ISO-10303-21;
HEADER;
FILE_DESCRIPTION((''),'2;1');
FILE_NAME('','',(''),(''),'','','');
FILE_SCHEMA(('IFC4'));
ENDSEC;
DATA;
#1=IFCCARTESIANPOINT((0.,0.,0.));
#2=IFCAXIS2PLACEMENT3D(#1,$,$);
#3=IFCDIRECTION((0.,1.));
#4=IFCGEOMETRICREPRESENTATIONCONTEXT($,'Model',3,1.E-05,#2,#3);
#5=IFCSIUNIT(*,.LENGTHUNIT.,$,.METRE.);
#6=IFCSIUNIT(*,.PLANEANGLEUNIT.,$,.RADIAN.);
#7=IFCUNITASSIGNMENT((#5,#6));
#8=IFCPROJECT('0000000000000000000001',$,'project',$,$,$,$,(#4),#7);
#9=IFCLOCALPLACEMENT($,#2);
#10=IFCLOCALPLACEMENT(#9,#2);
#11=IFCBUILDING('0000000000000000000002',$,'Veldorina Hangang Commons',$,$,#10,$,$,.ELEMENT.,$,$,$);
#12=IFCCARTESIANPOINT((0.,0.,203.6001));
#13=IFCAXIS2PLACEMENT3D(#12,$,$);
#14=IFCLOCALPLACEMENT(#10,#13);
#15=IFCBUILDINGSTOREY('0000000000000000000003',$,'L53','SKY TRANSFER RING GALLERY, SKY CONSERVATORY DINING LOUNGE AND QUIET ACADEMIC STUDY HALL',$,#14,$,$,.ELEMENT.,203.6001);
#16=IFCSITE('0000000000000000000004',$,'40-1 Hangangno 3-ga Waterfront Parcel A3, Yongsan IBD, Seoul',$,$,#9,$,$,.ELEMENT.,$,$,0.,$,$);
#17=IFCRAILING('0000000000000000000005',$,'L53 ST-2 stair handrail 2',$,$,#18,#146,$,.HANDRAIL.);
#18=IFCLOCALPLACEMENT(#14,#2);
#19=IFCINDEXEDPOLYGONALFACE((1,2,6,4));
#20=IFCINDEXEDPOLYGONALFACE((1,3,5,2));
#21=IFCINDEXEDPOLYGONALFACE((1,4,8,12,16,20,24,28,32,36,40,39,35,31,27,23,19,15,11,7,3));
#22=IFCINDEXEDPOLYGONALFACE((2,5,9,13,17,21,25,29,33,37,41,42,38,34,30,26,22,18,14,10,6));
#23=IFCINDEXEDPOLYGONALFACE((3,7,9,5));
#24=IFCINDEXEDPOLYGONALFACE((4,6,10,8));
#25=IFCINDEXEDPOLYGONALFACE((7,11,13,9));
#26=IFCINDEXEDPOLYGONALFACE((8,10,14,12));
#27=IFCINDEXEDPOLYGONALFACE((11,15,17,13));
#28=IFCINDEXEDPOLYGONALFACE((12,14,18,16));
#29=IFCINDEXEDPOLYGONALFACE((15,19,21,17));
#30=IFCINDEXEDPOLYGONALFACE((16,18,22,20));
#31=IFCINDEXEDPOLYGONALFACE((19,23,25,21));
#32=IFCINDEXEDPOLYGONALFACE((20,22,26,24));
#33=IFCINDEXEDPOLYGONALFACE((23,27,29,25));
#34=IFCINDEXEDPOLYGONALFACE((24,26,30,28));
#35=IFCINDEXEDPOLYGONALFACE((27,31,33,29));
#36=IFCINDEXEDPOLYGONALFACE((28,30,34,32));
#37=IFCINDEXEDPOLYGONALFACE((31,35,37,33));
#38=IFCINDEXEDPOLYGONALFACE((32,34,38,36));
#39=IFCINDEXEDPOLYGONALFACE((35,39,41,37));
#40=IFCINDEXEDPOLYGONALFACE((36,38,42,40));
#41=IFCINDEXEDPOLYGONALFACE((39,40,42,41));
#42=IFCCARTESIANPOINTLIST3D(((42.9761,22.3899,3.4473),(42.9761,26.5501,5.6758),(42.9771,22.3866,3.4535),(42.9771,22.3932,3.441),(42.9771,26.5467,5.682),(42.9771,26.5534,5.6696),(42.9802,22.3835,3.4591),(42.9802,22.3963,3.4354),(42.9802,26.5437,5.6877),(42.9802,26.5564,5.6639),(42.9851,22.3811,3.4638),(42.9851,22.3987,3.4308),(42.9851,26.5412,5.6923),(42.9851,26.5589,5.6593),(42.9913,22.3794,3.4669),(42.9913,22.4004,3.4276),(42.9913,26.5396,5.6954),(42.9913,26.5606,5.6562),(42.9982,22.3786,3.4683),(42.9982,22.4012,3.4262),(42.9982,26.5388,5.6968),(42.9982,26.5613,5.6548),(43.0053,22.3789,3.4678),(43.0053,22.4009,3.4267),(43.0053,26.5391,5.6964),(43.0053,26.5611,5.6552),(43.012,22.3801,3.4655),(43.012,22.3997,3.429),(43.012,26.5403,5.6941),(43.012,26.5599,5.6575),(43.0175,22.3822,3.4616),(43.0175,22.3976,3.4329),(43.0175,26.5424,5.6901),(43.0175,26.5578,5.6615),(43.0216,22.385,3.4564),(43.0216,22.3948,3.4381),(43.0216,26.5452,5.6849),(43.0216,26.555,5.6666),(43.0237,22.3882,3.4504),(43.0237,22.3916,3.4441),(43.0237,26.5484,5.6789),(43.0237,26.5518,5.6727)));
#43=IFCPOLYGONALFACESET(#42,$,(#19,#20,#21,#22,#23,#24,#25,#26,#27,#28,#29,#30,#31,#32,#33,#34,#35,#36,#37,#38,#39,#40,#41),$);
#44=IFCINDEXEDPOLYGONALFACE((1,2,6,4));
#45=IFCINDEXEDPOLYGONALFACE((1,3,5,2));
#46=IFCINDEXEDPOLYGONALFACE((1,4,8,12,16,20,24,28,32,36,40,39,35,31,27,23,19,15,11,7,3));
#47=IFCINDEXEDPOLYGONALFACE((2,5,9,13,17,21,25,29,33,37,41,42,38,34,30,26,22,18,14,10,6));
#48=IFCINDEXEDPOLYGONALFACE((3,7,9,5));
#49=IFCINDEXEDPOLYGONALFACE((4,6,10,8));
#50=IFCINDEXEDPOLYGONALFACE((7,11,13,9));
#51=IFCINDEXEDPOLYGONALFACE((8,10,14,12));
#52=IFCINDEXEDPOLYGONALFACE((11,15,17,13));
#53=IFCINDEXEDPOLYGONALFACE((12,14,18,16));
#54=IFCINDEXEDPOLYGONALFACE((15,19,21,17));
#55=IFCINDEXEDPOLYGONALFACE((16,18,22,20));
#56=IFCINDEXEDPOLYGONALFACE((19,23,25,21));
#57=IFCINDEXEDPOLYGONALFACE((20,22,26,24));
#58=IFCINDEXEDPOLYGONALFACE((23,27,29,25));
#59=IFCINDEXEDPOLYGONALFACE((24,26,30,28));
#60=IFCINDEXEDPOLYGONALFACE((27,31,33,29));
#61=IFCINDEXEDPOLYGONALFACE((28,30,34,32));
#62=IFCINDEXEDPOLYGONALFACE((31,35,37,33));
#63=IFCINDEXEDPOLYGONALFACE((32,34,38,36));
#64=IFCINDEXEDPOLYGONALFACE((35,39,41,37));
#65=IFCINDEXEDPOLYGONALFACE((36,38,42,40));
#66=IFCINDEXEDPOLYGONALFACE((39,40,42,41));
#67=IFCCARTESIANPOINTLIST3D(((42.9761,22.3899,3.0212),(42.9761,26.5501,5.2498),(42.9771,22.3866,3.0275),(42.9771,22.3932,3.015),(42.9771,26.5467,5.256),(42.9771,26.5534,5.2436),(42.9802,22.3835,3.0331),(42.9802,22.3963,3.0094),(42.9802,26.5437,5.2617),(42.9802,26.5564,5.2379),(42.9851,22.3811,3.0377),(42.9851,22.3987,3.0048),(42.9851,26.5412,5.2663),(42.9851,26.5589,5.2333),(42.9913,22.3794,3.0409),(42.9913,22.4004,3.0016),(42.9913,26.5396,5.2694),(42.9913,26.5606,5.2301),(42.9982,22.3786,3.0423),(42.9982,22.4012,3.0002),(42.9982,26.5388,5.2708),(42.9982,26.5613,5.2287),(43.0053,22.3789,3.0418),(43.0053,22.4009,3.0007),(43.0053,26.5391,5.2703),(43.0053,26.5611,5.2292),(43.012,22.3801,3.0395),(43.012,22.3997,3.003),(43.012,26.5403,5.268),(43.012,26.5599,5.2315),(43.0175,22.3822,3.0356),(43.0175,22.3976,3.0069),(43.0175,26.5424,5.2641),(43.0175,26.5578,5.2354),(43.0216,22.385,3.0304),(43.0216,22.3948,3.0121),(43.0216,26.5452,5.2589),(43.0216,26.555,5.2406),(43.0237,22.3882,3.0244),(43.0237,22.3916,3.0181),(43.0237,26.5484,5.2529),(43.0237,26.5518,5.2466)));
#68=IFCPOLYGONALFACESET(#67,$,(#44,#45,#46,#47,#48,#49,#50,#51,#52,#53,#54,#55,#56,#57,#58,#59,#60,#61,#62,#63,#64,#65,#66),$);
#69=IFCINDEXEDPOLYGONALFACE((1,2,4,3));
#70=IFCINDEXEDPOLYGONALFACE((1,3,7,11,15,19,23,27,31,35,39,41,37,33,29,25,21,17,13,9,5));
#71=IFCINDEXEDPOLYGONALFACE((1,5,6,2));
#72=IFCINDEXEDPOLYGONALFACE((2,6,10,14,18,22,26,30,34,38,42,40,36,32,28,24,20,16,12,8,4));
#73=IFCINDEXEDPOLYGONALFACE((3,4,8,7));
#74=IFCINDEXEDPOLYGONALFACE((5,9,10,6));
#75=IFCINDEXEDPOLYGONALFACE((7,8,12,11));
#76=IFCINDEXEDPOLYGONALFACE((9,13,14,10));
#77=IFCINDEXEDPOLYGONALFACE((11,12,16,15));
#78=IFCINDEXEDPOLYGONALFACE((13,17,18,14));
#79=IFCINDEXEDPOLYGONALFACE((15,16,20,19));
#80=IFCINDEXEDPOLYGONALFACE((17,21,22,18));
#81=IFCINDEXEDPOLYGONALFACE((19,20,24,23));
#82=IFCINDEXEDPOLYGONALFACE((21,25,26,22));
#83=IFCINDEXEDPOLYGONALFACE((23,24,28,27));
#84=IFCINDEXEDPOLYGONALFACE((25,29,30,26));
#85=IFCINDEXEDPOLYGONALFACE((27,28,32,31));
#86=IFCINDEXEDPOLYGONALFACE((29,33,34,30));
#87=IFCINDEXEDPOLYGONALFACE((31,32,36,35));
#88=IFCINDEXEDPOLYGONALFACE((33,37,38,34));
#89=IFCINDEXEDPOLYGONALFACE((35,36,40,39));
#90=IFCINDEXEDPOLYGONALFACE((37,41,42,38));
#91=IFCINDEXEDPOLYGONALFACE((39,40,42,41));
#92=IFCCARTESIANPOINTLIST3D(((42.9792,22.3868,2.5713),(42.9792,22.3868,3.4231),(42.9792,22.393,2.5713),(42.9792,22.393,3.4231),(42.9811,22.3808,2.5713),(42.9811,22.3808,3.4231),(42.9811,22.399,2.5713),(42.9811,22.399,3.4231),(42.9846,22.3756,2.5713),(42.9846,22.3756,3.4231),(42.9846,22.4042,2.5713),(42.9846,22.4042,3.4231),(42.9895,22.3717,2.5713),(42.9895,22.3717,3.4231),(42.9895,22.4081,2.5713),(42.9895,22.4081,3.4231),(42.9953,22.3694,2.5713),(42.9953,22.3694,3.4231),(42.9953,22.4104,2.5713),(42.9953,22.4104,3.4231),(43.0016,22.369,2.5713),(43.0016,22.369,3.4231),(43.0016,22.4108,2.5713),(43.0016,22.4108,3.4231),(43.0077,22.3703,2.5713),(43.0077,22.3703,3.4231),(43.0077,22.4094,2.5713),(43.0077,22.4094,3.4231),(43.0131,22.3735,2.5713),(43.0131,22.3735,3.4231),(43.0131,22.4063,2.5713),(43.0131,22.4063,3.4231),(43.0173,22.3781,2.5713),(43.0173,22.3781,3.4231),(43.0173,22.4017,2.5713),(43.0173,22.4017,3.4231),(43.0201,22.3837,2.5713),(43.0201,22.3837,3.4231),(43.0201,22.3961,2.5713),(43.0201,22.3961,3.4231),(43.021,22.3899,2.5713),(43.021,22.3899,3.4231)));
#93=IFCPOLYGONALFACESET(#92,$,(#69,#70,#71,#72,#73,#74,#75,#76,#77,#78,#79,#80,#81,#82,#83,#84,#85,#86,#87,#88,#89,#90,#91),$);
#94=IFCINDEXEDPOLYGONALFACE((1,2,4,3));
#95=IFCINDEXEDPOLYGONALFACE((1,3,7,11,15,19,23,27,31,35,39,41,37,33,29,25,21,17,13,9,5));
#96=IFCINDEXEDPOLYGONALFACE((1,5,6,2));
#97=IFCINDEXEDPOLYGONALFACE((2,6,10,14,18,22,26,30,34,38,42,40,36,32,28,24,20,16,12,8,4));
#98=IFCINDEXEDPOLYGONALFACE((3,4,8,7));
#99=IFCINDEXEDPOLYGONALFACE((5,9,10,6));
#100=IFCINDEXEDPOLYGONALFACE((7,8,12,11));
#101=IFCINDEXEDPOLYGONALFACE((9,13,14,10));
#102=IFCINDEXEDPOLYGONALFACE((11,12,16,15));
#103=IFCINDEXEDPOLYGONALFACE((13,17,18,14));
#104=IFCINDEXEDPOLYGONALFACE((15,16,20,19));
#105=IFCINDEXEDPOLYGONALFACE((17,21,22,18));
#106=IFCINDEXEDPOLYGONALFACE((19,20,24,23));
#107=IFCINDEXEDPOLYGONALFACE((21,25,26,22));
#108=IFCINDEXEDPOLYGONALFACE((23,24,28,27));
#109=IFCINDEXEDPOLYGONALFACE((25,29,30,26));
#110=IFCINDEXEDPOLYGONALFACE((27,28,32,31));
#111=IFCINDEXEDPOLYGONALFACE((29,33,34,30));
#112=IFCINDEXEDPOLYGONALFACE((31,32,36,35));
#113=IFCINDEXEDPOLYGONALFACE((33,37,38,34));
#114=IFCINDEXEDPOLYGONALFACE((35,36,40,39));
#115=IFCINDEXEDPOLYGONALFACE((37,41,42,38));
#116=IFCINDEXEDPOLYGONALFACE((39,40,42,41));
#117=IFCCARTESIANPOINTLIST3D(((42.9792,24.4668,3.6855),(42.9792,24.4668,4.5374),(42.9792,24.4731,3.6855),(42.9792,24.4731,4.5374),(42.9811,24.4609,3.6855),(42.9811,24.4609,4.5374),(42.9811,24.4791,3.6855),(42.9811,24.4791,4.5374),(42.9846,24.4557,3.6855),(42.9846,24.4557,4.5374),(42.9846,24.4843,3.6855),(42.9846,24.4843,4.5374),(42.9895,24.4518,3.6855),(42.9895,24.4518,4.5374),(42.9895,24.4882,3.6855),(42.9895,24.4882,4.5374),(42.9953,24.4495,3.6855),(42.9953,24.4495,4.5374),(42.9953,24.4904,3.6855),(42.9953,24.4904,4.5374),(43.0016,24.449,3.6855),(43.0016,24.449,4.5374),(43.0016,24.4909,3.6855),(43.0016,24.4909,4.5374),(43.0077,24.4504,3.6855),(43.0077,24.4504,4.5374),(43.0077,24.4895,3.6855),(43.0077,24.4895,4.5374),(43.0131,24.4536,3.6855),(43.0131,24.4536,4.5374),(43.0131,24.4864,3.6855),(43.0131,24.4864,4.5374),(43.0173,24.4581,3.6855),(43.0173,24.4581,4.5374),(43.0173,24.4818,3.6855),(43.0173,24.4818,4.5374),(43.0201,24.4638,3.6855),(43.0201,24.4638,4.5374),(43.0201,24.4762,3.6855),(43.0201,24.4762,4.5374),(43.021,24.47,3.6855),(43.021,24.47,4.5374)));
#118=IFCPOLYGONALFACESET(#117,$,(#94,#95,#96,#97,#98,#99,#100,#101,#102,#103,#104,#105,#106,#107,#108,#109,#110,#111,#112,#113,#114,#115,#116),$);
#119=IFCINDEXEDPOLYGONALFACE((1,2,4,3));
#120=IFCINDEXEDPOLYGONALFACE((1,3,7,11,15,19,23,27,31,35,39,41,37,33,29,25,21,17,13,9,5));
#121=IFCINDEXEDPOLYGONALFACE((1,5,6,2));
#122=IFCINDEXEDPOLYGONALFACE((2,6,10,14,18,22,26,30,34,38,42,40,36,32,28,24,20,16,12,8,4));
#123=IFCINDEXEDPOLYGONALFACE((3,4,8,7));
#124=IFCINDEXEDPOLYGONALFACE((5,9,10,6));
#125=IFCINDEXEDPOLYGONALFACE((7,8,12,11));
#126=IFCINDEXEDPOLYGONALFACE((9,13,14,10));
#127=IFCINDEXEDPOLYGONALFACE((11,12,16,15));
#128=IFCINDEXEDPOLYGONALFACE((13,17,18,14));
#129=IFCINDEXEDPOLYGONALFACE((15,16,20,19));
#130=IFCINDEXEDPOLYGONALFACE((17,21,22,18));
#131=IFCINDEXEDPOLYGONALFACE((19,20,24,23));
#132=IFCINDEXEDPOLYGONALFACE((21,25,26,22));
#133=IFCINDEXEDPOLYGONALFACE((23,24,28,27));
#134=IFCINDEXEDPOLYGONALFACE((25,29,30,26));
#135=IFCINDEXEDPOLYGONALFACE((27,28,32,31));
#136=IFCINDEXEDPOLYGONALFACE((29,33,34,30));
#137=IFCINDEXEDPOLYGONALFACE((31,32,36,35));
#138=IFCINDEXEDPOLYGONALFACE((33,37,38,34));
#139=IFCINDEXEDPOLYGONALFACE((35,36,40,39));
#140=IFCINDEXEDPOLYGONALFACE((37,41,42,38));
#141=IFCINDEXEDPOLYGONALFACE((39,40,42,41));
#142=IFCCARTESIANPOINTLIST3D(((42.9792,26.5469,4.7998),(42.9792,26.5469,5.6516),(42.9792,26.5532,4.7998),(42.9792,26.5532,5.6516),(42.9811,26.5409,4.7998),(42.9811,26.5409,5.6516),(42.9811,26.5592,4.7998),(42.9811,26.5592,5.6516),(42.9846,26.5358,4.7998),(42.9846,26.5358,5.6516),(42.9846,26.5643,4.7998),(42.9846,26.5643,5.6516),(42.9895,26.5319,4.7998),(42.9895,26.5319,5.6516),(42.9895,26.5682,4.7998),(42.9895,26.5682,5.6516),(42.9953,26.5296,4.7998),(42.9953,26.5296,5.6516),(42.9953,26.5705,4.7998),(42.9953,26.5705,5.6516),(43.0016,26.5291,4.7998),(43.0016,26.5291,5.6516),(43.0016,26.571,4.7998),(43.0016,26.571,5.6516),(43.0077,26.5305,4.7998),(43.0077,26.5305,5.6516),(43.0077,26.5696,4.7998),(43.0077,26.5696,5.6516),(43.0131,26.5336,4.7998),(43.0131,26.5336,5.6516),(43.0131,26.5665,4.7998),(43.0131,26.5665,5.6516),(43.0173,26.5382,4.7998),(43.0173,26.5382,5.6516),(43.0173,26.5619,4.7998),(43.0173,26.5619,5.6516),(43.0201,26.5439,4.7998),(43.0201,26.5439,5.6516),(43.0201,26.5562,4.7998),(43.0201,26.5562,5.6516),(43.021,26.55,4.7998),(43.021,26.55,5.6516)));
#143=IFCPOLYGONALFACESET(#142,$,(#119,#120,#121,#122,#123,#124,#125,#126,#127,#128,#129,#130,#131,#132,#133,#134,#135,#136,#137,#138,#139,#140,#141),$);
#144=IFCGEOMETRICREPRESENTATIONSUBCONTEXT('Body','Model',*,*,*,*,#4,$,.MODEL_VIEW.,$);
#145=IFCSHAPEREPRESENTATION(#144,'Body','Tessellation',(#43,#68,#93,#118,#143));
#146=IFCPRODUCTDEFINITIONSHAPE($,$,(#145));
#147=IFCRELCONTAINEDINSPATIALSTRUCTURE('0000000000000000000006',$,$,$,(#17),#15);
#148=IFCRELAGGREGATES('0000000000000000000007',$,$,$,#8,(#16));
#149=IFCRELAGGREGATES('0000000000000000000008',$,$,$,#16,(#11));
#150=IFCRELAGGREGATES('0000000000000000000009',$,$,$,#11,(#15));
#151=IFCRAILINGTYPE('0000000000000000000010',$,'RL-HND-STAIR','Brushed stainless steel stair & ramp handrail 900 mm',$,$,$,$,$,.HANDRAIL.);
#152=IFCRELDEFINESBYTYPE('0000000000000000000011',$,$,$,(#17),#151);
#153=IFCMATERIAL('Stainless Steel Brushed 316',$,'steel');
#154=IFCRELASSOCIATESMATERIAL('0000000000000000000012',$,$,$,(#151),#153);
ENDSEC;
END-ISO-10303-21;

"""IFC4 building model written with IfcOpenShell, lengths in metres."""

from ifc_helpers import new_model, si_unit, direction, frame, origin, origin_2d, place, context, subcontext, project, spatial, circle, extrude, material, type_object, element, save


model = new_model("IFC4")

# Units and contexts
model_context = context("Model", 3, precision=1e-05, world=origin(), true_north=direction((0.0, 1.0)))
body_context = subcontext(model_context, "Body", "Model", "MODEL_VIEW")
ifc_project = project(units=[si_unit("LENGTHUNIT", "METRE"), si_unit("PLANEANGLEUNIT", "RADIAN")], contexts=[model_context])

# Site, building, storey
site_placement = place(None, origin())
site = spatial("IfcSite", under=ifc_project, at=site_placement, Name="40-1 Hangangno 3-ga Waterfront Parcel A3, Yongsan IBD, Seoul", CompositionType="ELEMENT", RefElevation=0.0)
building_placement = place(site_placement, origin())
building = spatial("IfcBuilding", under=site, at=building_placement, Name="Veldorina Hangang Commons", CompositionType="ELEMENT")
storey_placement = place(building_placement, frame((0.0, 0.0, 203.6001)))
storey = spatial("IfcBuildingStorey", under=building, at=storey_placement, Name="L53", Description="SKY TRANSFER RING GALLERY, SKY CONSERVATORY DINING LOUNGE AND QUIET ACADEMIC STUDY HALL", CompositionType="ELEMENT", Elevation=203.6001)

# Railing
ifc_material_1 = material(Name="Stainless Steel Brushed 316", Category="steel")
railing_type = type_object("IfcRailingType", Name="RL-HND-STAIR", Description="Brushed stainless steel stair & ramp handrail 900 mm", PredefinedType="HANDRAIL", material=ifc_material_1)
railing_placement = place(storey_placement, frame((43.0, 22.3899, 2.5713)))
element("IfcRailing", 1, at=railing_placement, inside=storey, type_object=railing_type, Name="L53 ST-2 stair handrail 2", PredefinedType="HANDRAIL", context=body_context, shape_type="SweptSolid", body=[
    extrude(circle(Radius=0.0239, at=origin_2d()), frame((0.0, 0.0, 0.876), z_axis=(0.0, 0.881492, 0.472198), x_axis=(-1.0, 0.0, 0.0)), (0.0, 0.0, 1.0), 4.7195),
    extrude(circle(Radius=0.0239, at=origin_2d()), frame((0.0, 0.0, 0.45), z_axis=(0.0, 0.881492, 0.472198), x_axis=(-1.0, 0.0, 0.0)), (0.0, 0.0, 1.0), 4.7195),
    extrude(circle(Radius=0.021, at=origin_2d()), origin(), (0.0, 0.0, 1.0), 0.8518),
    extrude(circle(Radius=0.021, at=origin_2d()), frame((0.0, 2.0801, 1.1143)), (0.0, 0.0, 1.0), 0.8518),
    extrude(circle(Radius=0.021, at=origin_2d()), frame((0.0, 4.1602, 2.2285)), (0.0, 0.0, 1.0), 0.8518),
])

save(model, "model.ifc")
